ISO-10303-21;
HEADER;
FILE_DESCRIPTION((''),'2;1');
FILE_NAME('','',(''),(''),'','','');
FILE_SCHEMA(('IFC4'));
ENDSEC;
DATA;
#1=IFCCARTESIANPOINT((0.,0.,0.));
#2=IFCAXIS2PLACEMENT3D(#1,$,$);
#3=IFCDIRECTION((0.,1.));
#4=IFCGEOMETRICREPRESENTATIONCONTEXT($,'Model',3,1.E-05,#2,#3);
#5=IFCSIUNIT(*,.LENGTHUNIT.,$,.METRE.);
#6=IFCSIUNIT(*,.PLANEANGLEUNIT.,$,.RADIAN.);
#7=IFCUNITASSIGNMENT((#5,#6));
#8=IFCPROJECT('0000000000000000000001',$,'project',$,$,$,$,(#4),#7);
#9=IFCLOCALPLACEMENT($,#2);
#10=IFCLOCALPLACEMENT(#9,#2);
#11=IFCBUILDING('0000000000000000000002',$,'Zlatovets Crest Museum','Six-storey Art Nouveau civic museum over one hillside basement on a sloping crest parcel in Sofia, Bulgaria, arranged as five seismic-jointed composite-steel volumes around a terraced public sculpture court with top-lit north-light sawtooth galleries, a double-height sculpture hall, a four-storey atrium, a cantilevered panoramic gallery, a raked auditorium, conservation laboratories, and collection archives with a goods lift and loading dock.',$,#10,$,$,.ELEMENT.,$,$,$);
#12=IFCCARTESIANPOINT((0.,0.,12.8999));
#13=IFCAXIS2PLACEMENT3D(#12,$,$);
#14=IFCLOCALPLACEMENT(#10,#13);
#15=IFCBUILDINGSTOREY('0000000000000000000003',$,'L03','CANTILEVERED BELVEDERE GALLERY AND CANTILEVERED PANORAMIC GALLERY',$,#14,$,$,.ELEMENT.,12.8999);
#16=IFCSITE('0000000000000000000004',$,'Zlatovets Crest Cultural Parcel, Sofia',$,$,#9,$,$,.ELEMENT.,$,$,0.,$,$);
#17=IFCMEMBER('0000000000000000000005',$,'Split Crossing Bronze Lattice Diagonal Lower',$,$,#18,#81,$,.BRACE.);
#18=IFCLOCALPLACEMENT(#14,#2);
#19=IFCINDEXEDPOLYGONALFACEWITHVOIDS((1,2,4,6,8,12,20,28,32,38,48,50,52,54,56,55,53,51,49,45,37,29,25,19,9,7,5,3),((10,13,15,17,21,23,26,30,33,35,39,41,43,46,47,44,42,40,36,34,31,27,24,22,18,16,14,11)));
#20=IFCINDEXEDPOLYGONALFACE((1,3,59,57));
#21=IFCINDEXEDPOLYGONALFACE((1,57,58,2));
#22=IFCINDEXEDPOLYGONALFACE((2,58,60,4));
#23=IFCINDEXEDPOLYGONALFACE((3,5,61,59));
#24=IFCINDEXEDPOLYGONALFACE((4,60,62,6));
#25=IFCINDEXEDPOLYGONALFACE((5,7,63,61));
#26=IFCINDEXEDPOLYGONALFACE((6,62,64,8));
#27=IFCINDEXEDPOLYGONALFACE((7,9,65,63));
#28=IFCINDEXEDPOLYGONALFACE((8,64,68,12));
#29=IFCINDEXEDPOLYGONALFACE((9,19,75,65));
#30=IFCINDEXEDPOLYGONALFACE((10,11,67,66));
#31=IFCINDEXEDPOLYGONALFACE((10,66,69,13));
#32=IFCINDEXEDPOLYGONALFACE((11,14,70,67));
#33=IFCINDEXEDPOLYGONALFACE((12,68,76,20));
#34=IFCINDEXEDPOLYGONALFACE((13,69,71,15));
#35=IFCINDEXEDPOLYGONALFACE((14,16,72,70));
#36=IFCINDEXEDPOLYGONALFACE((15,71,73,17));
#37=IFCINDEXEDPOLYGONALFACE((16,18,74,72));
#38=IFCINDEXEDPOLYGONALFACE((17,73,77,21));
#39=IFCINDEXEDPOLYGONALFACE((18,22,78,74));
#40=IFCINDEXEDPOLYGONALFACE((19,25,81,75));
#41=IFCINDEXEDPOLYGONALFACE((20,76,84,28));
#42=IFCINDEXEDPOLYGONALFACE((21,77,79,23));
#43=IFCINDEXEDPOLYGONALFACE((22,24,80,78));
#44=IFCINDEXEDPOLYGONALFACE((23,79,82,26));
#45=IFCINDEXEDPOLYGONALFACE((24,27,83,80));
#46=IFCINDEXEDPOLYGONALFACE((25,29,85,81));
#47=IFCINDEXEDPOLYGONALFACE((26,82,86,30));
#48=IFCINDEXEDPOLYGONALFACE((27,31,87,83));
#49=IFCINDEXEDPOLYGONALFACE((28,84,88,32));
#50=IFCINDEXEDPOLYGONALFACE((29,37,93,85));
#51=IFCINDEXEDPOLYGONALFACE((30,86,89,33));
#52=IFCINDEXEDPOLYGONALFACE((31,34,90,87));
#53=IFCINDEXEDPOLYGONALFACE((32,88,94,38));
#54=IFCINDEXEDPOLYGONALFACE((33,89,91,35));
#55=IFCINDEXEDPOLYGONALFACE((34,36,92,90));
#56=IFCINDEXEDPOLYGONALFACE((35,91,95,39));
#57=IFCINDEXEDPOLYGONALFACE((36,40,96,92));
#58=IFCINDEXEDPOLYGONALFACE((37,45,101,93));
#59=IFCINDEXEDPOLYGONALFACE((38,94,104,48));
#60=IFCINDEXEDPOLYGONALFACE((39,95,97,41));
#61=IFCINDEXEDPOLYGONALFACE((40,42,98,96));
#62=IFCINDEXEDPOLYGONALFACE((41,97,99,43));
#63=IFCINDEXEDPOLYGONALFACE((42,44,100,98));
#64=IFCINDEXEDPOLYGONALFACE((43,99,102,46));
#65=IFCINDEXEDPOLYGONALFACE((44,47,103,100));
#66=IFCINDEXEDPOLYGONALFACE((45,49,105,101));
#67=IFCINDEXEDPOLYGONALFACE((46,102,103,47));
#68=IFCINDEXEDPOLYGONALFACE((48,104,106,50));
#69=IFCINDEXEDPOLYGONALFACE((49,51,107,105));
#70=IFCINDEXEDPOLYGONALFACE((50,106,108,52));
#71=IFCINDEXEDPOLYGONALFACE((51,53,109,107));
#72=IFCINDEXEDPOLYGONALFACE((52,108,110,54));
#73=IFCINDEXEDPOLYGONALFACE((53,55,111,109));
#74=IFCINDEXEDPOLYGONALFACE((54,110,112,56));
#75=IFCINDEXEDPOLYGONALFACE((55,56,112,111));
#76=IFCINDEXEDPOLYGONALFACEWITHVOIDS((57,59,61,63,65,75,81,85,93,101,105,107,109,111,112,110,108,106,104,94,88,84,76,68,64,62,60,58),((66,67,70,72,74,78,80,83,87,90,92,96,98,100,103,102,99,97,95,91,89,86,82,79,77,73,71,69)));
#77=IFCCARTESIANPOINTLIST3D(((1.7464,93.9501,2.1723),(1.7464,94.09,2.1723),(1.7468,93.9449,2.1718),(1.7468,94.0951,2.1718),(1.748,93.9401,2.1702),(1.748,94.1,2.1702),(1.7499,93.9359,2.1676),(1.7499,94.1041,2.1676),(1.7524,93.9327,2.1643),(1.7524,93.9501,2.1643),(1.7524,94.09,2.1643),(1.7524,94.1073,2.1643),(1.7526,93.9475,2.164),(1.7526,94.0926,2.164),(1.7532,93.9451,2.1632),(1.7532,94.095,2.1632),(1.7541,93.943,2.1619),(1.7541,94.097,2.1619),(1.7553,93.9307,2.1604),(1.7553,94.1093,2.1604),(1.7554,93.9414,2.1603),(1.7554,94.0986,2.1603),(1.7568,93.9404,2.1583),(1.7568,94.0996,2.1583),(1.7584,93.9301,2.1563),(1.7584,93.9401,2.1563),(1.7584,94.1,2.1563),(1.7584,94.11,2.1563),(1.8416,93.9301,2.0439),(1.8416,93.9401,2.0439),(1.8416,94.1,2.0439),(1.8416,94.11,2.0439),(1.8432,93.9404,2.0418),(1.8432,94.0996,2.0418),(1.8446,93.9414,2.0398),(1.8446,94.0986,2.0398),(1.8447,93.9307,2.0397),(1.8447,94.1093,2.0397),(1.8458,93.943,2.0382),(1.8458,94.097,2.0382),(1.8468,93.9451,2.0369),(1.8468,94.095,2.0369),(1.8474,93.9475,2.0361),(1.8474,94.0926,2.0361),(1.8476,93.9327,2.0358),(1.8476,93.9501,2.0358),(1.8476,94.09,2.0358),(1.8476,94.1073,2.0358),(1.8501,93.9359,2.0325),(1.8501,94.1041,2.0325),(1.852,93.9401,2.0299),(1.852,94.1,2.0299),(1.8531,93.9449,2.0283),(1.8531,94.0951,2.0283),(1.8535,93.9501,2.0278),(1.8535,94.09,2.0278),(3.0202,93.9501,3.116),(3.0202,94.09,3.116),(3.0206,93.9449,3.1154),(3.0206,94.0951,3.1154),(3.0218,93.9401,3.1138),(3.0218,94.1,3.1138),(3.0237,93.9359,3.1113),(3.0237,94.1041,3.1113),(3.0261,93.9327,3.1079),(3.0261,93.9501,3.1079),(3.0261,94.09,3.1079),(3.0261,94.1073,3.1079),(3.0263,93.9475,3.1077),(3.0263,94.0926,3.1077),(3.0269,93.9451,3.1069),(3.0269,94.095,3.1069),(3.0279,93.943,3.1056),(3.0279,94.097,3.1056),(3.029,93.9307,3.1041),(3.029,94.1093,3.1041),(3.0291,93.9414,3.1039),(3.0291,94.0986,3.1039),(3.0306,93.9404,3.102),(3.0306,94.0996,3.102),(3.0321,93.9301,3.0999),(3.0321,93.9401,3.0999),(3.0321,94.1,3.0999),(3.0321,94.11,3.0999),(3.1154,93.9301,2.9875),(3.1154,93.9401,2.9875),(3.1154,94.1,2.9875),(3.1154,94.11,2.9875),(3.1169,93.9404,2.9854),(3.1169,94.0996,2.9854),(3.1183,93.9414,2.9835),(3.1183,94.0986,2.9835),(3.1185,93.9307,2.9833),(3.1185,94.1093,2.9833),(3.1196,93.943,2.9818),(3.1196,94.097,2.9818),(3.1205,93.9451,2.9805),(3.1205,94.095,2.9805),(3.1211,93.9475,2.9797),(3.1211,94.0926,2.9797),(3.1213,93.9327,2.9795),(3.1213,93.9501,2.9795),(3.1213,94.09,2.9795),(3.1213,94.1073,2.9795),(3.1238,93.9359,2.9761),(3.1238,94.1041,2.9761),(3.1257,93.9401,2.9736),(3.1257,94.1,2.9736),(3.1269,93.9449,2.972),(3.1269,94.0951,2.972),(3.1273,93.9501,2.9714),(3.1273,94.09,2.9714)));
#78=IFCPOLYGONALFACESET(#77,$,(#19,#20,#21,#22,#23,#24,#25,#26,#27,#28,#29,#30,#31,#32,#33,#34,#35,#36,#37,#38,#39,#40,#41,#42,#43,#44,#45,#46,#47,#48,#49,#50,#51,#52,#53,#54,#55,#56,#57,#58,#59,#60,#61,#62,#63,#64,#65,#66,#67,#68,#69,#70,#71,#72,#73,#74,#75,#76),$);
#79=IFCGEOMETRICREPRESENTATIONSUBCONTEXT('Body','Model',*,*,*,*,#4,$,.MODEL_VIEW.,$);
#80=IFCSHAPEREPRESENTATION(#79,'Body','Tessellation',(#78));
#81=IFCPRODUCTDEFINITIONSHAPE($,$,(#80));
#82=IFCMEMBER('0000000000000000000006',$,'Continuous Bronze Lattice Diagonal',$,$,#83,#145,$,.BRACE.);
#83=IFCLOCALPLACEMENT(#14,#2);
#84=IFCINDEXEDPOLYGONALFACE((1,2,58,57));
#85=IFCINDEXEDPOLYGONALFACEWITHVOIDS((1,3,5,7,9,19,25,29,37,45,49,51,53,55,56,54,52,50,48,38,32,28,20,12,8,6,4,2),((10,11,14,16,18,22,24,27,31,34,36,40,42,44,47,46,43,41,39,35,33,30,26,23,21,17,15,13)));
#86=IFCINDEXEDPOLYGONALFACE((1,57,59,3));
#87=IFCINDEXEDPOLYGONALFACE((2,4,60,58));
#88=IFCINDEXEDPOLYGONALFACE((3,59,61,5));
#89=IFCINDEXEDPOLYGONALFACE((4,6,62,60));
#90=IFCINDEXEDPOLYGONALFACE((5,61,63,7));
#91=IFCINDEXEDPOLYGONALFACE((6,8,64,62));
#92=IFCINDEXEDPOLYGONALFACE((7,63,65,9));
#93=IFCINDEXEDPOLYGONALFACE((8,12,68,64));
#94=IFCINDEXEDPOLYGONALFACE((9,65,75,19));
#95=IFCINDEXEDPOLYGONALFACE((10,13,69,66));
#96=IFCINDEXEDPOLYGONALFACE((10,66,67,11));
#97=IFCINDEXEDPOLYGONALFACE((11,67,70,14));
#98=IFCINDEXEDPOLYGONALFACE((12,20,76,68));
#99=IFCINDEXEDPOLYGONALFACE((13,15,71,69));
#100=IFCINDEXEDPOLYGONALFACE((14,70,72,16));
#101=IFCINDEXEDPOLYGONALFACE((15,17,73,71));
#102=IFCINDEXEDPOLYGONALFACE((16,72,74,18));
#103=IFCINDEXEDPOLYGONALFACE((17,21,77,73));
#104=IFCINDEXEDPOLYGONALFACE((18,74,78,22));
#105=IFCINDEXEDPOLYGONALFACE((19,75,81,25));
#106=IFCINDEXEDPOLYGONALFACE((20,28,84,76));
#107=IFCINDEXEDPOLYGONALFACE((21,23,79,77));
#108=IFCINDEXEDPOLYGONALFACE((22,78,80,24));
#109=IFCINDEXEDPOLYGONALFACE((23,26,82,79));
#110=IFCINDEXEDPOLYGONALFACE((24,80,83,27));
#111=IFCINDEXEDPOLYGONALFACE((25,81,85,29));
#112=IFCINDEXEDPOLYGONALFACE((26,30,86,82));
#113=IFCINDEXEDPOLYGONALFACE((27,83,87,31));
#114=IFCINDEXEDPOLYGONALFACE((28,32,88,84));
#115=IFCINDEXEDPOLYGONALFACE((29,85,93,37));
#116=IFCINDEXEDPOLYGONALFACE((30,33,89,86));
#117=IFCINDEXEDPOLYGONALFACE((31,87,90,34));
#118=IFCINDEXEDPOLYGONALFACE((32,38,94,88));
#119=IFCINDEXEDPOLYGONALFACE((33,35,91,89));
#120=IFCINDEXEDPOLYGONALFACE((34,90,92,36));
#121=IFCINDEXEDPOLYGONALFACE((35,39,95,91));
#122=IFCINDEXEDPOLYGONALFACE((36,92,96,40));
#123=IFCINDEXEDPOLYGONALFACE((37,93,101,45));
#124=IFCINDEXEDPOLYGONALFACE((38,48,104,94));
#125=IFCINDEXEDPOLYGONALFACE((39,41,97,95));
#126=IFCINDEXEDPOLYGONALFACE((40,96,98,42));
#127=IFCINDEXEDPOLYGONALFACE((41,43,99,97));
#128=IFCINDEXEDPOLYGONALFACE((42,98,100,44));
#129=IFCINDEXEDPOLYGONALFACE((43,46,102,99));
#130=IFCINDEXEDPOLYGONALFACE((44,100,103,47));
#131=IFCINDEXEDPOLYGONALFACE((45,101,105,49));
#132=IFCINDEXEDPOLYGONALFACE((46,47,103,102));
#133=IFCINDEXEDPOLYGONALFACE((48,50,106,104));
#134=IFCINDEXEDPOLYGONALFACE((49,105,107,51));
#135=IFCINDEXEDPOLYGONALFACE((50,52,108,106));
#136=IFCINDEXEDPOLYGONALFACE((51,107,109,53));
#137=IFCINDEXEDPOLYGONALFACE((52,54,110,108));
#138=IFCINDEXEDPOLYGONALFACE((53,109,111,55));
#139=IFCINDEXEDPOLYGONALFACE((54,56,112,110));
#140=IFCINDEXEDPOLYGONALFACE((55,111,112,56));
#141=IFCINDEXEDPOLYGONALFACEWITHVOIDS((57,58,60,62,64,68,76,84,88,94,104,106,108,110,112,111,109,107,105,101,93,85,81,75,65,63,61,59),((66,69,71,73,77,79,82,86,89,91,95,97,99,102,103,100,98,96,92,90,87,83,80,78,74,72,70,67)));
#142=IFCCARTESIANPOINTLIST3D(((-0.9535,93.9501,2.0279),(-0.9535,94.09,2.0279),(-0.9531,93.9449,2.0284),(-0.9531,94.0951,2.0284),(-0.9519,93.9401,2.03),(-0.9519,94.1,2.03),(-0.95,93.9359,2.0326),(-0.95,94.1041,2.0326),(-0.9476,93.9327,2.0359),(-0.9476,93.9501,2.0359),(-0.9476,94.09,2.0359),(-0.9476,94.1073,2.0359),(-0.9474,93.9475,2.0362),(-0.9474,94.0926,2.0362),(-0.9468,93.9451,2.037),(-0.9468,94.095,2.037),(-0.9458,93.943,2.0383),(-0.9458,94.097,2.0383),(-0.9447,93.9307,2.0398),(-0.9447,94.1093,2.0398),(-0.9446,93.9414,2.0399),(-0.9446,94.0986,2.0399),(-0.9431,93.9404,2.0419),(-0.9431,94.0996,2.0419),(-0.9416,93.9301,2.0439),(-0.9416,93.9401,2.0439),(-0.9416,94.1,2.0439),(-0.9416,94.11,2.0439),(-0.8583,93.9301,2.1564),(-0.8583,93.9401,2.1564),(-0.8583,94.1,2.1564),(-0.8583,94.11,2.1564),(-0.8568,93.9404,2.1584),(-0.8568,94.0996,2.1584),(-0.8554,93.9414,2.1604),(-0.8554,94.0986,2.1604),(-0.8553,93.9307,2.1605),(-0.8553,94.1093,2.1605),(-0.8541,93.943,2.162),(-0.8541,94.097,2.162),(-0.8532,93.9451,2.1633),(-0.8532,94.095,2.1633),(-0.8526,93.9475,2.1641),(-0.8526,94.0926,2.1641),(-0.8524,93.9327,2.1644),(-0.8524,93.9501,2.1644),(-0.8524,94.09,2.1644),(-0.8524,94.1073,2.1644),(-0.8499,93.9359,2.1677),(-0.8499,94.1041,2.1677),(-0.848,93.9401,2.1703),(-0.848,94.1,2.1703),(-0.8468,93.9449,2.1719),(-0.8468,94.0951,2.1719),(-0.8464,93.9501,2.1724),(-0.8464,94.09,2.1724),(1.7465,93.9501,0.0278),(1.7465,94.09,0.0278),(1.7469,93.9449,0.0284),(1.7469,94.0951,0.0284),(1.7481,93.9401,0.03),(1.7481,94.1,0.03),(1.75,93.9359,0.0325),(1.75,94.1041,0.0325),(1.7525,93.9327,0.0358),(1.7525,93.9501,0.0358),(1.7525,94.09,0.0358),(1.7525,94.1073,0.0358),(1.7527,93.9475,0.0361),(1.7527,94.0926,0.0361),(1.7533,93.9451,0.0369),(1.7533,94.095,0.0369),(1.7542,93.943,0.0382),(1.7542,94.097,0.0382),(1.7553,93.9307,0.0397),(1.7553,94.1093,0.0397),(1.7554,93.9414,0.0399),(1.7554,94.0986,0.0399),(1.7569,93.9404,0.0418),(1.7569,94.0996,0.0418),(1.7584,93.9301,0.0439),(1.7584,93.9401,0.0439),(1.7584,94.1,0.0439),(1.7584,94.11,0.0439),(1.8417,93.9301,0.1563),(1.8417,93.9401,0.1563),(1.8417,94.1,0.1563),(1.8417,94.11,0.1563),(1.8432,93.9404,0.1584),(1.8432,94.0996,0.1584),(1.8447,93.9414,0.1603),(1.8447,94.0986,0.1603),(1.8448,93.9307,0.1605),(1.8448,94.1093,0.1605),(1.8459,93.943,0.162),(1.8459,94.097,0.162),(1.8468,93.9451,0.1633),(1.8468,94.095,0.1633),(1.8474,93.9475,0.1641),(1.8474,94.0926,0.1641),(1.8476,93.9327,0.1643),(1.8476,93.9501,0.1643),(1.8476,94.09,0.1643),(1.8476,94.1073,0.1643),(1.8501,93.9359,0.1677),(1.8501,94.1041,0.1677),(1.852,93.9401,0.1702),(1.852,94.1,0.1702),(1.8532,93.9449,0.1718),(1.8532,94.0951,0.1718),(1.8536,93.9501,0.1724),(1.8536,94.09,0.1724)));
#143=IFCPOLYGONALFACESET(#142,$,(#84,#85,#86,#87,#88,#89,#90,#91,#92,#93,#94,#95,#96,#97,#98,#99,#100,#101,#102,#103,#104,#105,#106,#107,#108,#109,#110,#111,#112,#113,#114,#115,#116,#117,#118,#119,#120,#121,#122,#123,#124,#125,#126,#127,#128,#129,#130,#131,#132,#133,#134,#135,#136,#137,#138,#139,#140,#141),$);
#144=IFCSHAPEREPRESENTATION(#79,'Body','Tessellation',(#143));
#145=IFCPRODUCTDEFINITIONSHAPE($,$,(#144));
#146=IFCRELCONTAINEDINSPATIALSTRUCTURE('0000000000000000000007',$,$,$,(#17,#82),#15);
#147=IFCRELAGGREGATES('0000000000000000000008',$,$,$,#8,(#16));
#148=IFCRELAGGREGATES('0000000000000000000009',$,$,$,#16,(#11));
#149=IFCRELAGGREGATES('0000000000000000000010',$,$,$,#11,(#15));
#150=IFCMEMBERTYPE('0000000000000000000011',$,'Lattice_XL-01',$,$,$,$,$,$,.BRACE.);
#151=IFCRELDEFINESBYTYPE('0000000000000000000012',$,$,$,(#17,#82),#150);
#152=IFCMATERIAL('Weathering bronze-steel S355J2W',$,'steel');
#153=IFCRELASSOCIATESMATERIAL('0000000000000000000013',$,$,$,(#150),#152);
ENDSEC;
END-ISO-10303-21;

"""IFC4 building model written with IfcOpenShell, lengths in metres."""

from ifc_helpers import new_model, si_unit, direction, frame, origin, origin_2d, place, context, subcontext, project, spatial, hollow_rectangle, extrude, material, material_profile, profile_set, type_object, element, save


model = new_model("IFC4")

# Units and contexts
model_context = context("Model", 3, precision=1e-05, world=origin(), true_north=direction((0.0, 1.0)))
body_context = subcontext(model_context, "Body", "Model", "MODEL_VIEW")
ifc_project = project(units=[si_unit("LENGTHUNIT", "METRE"), si_unit("PLANEANGLEUNIT", "RADIAN")], contexts=[model_context])

# Site, building, storey
site_placement = place(None, origin())
site = spatial("IfcSite", under=ifc_project, at=site_placement, Name="Zlatovets Crest Cultural Parcel, Sofia", CompositionType="ELEMENT", RefElevation=0.0)
building_placement = place(site_placement, origin())
building = spatial("IfcBuilding", under=site, at=building_placement, Name="Zlatovets Crest Museum", Description="Six-storey Art Nouveau civic museum over one hillside basement on a sloping crest parcel in Sofia, Bulgaria, arranged as five seismic-jointed composite-steel volumes around a terraced public sculpture court with top-lit north-light sawtooth galleries, a double-height sculpture hall, a four-storey atrium, a cantilevered panoramic gallery, a raked auditorium, conservation laboratories, and collection archives with a goods lift and loading dock.", CompositionType="ELEMENT")
storey_placement = place(building_placement, frame((0.0, 0.0, 12.8999)))
storey = spatial("IfcBuildingStorey", under=building, at=storey_placement, Name="L03", Description="CANTILEVERED BELVEDERE GALLERY AND CANTILEVERED PANORAMIC GALLERY", CompositionType="ELEMENT", Elevation=12.8999)

# Members
ifc_material_1 = material(Name="Weathering bronze-steel S355J2W", Category="steel")
ifc_material_profile_1 = material_profile(ifc_material_1, hollow_rectangle(XDim=0.1799, YDim=0.1799, WallThickness=0.01, InnerFilletRadius=0.01, OuterFilletRadius=0.02, at=origin_2d()), Name="SHS 180x180x10.0")
ifc_profile_set_1 = profile_set([ifc_material_profile_1], Name="Weathering bronze-steel S355J2W")
member_type_1 = type_object("IfcMemberType", Name="Lattice_XL-01", PredefinedType="BRACE", material=ifc_profile_set_1)
member_1_placement = place(storey_placement, frame((3.0737, 94.02, 3.0437), z_axis=(-0.803516, 0.0, -0.595283), x_axis=(0.0, -1.0, 0.0)))
element("IfcMember", 1, at=member_1_placement, inside=storey, type_object=member_type_1, Name="Split Crossing Bronze Lattice Diagonal Lower", PredefinedType="BRACE", context=body_context, shape_type="SweptSolid", body=[
    extrude(hollow_rectangle(XDim=0.1799, YDim=0.1799, WallThickness=0.01, InnerFilletRadius=0.01, OuterFilletRadius=0.02, at=origin_2d()), origin(), (0.0, 0.0, 1.0), 1.5852),
])
member_2_placement = place(storey_placement, frame((1.8, 94.02, 0.1001), z_axis=(-0.803552, 0.0, 0.595235), x_axis=(0.0, -1.0, 0.0)))
element("IfcMember", 2, at=member_2_placement, inside=storey, type_object=member_type_1, Name="Continuous Bronze Lattice Diagonal", PredefinedType="BRACE", context=body_context, shape_type="SweptSolid", body=[
    extrude(hollow_rectangle(XDim=0.1799, YDim=0.1799, WallThickness=0.01, InnerFilletRadius=0.01, OuterFilletRadius=0.02, at=origin_2d()), origin(), (0.0, 0.0, 1.0), 3.3601),
])

save(model, "model.ifc")
